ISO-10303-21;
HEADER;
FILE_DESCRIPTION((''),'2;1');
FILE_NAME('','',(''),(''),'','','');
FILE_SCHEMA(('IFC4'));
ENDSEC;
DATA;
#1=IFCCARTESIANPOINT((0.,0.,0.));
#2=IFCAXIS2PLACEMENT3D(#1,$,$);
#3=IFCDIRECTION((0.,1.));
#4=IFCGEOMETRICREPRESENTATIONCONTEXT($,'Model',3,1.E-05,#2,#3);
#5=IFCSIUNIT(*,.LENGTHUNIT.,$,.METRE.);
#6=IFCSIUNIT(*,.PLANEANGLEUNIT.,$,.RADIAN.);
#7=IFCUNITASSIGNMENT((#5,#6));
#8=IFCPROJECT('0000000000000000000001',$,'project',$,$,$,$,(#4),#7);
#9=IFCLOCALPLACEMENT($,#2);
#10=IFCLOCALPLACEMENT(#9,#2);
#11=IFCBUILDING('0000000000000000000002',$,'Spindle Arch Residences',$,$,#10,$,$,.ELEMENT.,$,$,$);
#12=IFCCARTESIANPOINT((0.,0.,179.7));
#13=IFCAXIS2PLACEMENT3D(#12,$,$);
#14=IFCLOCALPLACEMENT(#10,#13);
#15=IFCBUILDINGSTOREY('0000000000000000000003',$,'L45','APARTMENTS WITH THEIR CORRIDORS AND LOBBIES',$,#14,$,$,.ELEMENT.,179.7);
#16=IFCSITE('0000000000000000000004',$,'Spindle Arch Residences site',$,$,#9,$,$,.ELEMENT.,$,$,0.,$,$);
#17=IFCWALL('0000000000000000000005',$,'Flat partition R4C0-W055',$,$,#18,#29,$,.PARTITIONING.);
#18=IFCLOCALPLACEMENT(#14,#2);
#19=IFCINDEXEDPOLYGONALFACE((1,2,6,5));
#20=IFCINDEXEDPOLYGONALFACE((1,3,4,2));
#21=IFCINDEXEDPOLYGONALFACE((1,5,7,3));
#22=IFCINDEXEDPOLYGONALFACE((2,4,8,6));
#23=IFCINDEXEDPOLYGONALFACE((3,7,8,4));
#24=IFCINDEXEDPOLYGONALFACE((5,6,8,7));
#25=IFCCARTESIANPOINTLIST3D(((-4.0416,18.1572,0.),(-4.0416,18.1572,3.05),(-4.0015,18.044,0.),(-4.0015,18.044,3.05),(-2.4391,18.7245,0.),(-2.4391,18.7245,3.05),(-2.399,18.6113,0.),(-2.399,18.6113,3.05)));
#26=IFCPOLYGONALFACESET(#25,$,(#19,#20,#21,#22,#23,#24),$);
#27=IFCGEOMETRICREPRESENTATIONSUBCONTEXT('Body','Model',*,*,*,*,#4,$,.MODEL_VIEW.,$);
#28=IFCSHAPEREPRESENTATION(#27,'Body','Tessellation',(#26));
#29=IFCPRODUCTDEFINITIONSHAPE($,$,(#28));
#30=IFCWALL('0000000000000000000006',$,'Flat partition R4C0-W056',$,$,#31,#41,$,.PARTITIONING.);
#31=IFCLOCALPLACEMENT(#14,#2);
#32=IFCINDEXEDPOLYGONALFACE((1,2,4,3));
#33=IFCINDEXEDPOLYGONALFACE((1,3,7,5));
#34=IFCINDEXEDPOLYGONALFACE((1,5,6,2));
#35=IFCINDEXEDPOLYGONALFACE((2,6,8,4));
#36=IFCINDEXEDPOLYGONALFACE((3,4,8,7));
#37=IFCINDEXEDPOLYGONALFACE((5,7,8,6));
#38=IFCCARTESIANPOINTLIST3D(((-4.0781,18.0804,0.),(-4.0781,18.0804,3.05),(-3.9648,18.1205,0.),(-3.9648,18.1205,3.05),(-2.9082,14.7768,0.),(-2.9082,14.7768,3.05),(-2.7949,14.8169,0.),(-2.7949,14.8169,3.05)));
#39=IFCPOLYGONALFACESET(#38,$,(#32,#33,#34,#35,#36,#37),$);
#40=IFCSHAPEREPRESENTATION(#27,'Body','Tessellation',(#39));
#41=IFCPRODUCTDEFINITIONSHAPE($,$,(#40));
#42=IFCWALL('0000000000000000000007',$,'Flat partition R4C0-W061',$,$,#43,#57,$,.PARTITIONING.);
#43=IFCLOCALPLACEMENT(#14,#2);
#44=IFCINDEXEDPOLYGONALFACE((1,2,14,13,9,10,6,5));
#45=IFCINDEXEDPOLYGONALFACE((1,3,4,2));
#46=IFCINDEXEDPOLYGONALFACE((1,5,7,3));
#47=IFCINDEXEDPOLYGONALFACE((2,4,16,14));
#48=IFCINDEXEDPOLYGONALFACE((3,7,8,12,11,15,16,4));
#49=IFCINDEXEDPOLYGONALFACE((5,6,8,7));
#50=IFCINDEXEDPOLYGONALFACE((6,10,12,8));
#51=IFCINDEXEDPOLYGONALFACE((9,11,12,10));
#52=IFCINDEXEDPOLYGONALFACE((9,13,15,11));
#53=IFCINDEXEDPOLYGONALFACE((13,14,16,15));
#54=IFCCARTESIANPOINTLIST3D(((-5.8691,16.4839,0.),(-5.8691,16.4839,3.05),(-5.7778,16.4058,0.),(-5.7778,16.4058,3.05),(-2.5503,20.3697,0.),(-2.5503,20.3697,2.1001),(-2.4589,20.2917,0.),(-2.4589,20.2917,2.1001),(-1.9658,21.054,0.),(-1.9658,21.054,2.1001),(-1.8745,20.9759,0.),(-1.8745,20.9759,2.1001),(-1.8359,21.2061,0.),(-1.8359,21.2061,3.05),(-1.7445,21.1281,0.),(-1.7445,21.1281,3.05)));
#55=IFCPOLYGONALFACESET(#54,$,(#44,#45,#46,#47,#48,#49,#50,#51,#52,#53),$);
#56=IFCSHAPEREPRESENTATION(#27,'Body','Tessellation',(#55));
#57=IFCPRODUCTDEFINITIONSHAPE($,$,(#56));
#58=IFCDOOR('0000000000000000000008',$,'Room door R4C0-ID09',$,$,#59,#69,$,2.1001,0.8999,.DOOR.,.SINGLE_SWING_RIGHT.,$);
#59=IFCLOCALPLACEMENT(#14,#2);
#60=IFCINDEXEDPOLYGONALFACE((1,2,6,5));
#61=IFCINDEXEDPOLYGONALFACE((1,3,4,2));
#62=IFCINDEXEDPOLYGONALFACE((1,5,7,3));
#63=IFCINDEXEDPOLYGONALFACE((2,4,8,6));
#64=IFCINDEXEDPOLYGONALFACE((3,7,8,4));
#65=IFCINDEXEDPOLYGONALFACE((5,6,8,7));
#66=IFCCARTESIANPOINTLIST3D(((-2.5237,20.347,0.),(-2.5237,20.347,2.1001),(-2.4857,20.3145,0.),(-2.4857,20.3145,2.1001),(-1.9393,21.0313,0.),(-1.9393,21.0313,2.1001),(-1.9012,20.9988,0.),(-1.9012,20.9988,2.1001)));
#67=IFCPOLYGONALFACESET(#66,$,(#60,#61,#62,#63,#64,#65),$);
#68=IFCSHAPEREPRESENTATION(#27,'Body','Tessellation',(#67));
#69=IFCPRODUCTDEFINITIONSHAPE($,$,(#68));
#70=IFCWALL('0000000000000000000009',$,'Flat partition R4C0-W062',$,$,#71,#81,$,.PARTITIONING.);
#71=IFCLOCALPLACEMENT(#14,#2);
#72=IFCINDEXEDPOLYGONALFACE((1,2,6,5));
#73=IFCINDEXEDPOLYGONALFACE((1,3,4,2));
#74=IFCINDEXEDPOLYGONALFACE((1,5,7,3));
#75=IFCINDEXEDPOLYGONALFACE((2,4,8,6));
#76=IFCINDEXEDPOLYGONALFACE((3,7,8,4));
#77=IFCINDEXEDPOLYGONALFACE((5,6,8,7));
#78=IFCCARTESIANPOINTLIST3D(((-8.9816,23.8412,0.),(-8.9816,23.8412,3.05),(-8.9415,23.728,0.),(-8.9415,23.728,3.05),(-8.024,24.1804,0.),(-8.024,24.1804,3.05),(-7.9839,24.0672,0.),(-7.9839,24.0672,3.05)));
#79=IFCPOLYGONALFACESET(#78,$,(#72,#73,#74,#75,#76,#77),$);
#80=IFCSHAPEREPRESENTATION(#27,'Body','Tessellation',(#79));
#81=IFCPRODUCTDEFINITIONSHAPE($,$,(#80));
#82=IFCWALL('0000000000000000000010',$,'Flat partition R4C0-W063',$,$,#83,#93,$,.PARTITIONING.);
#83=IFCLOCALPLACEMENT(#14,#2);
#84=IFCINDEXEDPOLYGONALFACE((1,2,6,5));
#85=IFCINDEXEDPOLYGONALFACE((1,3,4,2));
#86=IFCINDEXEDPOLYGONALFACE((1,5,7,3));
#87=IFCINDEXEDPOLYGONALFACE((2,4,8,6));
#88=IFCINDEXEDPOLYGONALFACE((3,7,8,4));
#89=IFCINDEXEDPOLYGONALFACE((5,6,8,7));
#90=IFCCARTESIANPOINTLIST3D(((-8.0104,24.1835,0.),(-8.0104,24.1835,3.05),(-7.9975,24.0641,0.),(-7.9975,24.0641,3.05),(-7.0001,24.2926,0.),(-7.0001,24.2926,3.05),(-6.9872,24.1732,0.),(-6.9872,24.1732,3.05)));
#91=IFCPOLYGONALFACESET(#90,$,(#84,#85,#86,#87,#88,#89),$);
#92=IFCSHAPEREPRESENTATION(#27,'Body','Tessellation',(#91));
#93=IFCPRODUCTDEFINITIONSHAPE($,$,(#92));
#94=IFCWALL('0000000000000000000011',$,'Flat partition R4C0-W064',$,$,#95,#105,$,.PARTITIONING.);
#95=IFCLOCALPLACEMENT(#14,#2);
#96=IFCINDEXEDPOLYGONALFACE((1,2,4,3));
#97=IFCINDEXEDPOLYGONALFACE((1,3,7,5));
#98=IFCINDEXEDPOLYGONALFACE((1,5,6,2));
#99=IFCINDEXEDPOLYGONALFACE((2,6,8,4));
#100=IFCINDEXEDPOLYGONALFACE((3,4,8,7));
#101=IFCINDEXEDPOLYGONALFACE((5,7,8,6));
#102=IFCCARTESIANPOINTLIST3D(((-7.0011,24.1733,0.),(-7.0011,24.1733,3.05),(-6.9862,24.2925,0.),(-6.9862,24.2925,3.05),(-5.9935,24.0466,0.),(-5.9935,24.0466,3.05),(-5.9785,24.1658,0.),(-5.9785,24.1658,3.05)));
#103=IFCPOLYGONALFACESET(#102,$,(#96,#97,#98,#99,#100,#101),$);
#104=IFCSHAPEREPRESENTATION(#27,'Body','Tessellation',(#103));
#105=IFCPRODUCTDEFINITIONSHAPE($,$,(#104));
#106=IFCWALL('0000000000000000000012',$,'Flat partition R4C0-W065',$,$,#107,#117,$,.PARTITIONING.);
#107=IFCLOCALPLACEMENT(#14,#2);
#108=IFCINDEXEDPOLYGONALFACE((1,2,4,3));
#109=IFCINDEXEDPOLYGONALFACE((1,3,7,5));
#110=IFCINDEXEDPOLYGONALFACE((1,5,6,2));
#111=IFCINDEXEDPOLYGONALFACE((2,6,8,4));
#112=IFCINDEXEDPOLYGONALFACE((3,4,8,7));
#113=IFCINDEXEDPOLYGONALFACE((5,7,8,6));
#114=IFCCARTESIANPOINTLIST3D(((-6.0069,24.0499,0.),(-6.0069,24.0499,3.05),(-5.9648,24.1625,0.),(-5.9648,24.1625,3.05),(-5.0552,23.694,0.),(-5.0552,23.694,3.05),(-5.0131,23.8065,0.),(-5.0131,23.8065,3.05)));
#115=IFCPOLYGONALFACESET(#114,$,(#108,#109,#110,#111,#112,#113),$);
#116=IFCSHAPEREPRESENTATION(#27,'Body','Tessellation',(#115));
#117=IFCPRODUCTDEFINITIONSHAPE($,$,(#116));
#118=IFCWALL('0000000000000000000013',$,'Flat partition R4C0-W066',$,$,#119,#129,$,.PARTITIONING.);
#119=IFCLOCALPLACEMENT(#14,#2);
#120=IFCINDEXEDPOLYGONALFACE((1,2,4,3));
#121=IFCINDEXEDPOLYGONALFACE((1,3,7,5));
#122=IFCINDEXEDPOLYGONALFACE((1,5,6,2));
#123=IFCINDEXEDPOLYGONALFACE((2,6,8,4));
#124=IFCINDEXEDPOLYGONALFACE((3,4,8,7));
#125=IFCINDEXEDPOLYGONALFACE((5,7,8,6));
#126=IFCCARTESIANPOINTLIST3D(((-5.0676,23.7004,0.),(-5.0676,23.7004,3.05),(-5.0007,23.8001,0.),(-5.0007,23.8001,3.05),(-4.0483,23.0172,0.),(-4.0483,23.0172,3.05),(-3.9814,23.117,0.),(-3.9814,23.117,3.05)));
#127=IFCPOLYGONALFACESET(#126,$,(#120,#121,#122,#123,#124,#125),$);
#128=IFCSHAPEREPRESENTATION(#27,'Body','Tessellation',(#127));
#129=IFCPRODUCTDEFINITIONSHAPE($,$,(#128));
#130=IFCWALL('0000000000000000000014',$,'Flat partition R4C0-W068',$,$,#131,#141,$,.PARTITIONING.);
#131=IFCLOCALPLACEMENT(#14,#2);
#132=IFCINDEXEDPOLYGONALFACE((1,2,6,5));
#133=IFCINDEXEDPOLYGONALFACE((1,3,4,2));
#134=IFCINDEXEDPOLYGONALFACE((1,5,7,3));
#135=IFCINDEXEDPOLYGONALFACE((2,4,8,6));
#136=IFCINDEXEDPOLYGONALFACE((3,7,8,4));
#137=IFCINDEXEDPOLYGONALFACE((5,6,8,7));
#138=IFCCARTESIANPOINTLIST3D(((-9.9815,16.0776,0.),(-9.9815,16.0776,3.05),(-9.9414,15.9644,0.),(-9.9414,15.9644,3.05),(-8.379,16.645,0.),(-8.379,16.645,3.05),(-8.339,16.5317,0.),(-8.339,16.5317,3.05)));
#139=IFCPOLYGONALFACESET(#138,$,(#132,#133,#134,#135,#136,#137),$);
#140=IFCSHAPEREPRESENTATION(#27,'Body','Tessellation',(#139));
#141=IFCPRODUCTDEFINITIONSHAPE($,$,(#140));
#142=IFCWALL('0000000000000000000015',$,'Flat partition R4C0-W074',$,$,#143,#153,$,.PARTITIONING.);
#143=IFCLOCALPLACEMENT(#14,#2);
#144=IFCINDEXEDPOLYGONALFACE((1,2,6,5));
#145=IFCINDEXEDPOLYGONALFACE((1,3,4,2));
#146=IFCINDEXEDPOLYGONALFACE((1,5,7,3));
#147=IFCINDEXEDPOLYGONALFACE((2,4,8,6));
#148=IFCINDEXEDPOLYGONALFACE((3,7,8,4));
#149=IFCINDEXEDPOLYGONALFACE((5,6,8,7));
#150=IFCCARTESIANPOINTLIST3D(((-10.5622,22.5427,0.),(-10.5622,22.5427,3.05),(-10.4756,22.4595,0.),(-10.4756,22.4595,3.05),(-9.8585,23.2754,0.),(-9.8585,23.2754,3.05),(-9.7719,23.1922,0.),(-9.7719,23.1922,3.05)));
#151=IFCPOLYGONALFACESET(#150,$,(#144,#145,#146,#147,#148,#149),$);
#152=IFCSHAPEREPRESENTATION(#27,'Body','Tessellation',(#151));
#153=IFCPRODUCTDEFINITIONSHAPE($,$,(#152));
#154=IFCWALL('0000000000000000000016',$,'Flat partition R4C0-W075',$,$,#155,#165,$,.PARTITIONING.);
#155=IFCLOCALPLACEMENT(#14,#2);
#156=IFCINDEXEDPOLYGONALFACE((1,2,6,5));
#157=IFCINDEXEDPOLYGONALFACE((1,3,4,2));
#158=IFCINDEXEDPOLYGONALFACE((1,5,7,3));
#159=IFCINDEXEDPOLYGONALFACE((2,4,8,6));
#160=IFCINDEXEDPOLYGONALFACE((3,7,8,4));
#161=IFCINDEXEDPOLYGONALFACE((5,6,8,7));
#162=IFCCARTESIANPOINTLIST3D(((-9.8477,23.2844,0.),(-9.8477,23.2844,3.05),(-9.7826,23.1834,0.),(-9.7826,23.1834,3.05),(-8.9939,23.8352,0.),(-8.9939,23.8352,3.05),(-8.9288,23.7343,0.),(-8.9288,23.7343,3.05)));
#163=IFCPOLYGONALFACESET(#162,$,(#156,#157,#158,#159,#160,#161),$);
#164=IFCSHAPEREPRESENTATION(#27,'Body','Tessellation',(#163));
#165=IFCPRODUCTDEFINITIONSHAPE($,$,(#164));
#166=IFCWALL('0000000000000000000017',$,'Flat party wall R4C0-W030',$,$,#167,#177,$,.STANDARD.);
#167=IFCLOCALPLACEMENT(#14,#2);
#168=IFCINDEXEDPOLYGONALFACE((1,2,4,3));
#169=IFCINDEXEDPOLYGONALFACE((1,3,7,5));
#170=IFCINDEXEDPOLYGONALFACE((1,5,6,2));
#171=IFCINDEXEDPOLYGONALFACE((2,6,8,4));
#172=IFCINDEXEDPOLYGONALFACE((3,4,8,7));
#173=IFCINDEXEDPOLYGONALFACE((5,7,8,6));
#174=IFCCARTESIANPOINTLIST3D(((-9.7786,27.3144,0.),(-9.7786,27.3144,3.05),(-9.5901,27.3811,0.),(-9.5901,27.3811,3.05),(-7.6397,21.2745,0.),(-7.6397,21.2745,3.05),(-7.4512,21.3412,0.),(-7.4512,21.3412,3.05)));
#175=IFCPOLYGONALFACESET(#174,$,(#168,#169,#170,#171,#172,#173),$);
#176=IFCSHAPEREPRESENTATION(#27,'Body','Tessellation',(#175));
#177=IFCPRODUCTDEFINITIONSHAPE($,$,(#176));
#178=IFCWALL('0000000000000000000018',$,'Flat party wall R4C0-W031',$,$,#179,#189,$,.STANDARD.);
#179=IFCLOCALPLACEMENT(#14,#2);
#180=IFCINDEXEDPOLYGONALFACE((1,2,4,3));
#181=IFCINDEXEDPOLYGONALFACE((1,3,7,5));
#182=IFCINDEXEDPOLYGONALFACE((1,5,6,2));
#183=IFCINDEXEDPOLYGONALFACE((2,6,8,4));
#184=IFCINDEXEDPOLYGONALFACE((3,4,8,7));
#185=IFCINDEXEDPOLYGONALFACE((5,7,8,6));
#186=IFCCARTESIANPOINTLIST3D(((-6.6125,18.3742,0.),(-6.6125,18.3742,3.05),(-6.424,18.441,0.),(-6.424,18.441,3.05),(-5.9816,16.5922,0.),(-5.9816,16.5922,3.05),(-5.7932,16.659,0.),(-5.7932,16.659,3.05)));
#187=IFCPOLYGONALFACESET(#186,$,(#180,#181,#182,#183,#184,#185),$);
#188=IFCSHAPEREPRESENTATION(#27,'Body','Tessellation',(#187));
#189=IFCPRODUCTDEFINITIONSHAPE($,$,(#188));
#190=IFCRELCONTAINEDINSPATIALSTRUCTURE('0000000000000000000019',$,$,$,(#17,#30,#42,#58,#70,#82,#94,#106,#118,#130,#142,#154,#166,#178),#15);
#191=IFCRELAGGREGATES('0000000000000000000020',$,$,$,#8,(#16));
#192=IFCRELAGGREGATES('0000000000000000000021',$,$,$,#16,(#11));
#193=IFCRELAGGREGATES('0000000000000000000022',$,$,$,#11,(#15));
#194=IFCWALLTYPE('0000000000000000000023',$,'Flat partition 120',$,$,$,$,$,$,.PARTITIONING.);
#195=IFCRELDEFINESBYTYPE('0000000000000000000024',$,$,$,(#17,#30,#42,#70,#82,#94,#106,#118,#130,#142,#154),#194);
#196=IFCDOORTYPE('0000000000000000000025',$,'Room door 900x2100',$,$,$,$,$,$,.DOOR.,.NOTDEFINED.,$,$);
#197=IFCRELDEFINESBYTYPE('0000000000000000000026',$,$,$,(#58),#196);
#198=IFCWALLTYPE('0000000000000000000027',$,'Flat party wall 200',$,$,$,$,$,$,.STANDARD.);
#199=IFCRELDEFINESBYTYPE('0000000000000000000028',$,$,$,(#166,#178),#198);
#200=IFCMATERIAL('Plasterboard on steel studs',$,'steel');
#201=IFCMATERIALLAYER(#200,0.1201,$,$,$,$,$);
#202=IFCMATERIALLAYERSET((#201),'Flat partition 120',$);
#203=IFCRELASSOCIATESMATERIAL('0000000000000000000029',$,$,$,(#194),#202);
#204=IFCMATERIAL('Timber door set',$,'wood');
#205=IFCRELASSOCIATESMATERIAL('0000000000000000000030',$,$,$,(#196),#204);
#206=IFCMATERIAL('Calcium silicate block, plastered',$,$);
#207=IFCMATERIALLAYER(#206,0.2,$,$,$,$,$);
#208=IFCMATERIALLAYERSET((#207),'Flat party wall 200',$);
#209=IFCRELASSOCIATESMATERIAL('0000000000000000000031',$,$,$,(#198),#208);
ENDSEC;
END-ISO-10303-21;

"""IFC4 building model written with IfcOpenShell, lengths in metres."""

from ifc_helpers import new_model, si_unit, direction, frame, frame_2d, origin, place, context, subcontext, project, spatial, rectangle, extrude, material, layer, layer_set, type_object, element, fill, save


model = new_model("IFC4")

# Units and contexts
model_context = context("Model", 3, precision=1e-05, world=origin(), true_north=direction((0.0, 1.0)))
body_context = subcontext(model_context, "Body", "Model", "MODEL_VIEW")
ifc_project = project(units=[si_unit("LENGTHUNIT", "METRE"), si_unit("PLANEANGLEUNIT", "RADIAN")], contexts=[model_context])

# Site, building, storey
site_placement = place(None, origin())
site = spatial("IfcSite", under=ifc_project, at=site_placement, Name="Spindle Arch Residences site", CompositionType="ELEMENT", RefElevation=0.0)
building_placement = place(site_placement, origin())
building = spatial("IfcBuilding", under=site, at=building_placement, Name="Spindle Arch Residences", CompositionType="ELEMENT")
storey_placement = place(building_placement, frame((0.0, 0.0, 179.7)))
storey = spatial("IfcBuildingStorey", under=building, at=storey_placement, Name="L45", Description="APARTMENTS WITH THEIR CORRIDORS AND LOBBIES", CompositionType="ELEMENT", Elevation=179.7)

# Walls
ifc_material_1 = material(Name="Plasterboard on steel studs", Category="steel")
ifc_layer_1 = layer(ifc_material_1, 0.1201)
ifc_layer_set_1 = layer_set([ifc_layer_1], Name="Flat partition 120")
wall_type_1 = type_object("IfcWallType", Name="Flat partition 120", PredefinedType="PARTITIONING", material=ifc_layer_set_1)
wall_1_placement = place(storey_placement, frame((-2.4189, 18.668, 0.0), z_axis=(0.0, 0.0, 1.0), x_axis=(-0.942661, -0.333751, 0.0)))
element("IfcWall", 1, at=wall_1_placement, inside=storey, type_object=wall_type_1, Name="Flat partition R4C0-W055", PredefinedType="PARTITIONING", context=body_context, shape_type="SweptSolid", body=[
    extrude(rectangle(XDim=1.7, YDim=0.1201, at=frame_2d((0.8501, 0.0))), origin(), (0.0, 0.0, 1.0), 3.05),
])
wall_2_placement = place(storey_placement, frame((-4.0215, 18.1006, 0.0), z_axis=(0.0, 0.0, 1.0), x_axis=(0.333811, -0.94264, 0.0)))
element("IfcWall", 2, at=wall_2_placement, inside=storey, type_object=wall_type_1, Name="Flat partition R4C0-W056", PredefinedType="PARTITIONING", context=body_context, shape_type="SweptSolid", body=[
    extrude(rectangle(XDim=3.5046, YDim=0.1201, at=frame_2d((1.7524, 0.0))), origin(), (0.0, 0.0, 1.0), 3.05),
])

# Wall, opening, door
wall_3_placement = place(storey_placement, frame((-1.7903, 21.167, 0.0), z_axis=(0.0, 0.0, 1.0), x_axis=(-0.649456, -0.760399, 0.0)))
wall_3 = element("IfcWall", 3, at=wall_3_placement, inside=storey, type_object=wall_type_1, Name="Flat partition R4C0-W061", PredefinedType="PARTITIONING", context=body_context, shape_type="SweptSolid", body=[
    extrude(rectangle(XDim=6.2102, YDim=0.1201, at=frame_2d((3.105, 0.0))), origin(), (0.0, 0.0, 1.0), 3.05),
])
opening_placement = place(wall_3_placement, frame((0.2, 0.0, 0.0)))
opening = element("IfcOpeningElement", 4, at=opening_placement, cuts=wall_3, PredefinedType="OPENING", context=body_context, shape_type="SweptSolid", body=[
    extrude(rectangle(XDim=0.8999, YDim=2.1001, at=frame_2d((0.45, 1.05))), frame((0.0, 0.0701, 0.0), z_axis=(0.0, -1.0, 0.0), x_axis=(1.0, 0.0, 0.0)), (0.0, 0.0, 1.0), 0.1401),
])
ifc_material_2 = material(Name="Timber door set", Category="wood")
door_type = type_object("IfcDoorType", Name="Room door 900x2100", OperationType="NOTDEFINED", PredefinedType="DOOR", material=ifc_material_2)
door_placement = place(opening_placement, origin())
door = element("IfcDoor", 5, at=door_placement, inside=storey, type_object=door_type, Name="Room door R4C0-ID09", OperationType="SINGLE_SWING_RIGHT", OverallHeight=2.1001, OverallWidth=0.8999, PredefinedType="DOOR", context=body_context, shape_type="SweptSolid", body=[
    extrude(rectangle(XDim=0.8999, YDim=2.1001, at=frame_2d((0.45, 1.05))), frame((0.0, 0.0249, 0.0), z_axis=(0.0, -1.0, 0.0), x_axis=(1.0, 0.0, 0.0)), (0.0, 0.0, 1.0), 0.05),
])
fill(opening, door)

# Walls
wall_4_placement = place(storey_placement, frame((-8.9614, 23.7847, 0.0), z_axis=(0.0, 0.0, 1.0), x_axis=(0.94263, 0.333838, 0.0)))
element("IfcWall", 6, at=wall_4_placement, inside=storey, type_object=wall_type_1, Name="Flat partition R4C0-W062", PredefinedType="PARTITIONING", context=body_context, shape_type="SweptSolid", body=[
    extrude(rectangle(XDim=1.0159, YDim=0.1201, at=frame_2d((0.5078, 0.0))), origin(), (0.0, 0.0, 1.0), 3.05),
])
wall_5_placement = place(storey_placement, frame((-8.0039, 24.1238, 0.0), z_axis=(0.0, 0.0, 1.0), x_axis=(0.994216, 0.107398, 0.0)))
element("IfcWall", 7, at=wall_5_placement, inside=storey, type_object=wall_type_1, Name="Flat partition R4C0-W063", PredefinedType="PARTITIONING", context=body_context, shape_type="SweptSolid", body=[
    extrude(rectangle(XDim=1.0161, YDim=0.1201, at=frame_2d((0.5081, 0.0))), origin(), (0.0, 0.0, 1.0), 3.05),
])
wall_6_placement = place(storey_placement, frame((-6.9937, 24.2329, 0.0), z_axis=(0.0, 0.0, 1.0), x_axis=(0.992189, -0.124745, 0.0)))
element("IfcWall", 8, at=wall_6_placement, inside=storey, type_object=wall_type_1, Name="Flat partition R4C0-W064", PredefinedType="PARTITIONING", context=body_context, shape_type="SweptSolid", body=[
    extrude(rectangle(XDim=1.0156, YDim=0.1201, at=frame_2d((0.5078, 0.0))), origin(), (0.0, 0.0, 1.0), 3.05),
])
wall_7_placement = place(storey_placement, frame((-5.9858, 24.1062, 0.0), z_axis=(0.0, 0.0, 1.0), x_axis=(0.936625, -0.350333, 0.0)))
element("IfcWall", 9, at=wall_7_placement, inside=storey, type_object=wall_type_1, Name="Flat partition R4C0-W065", PredefinedType="PARTITIONING", context=body_context, shape_type="SweptSolid", body=[
    extrude(rectangle(XDim=1.0161, YDim=0.1201, at=frame_2d((0.5081, 0.0))), origin(), (0.0, 0.0, 1.0), 3.05),
])
wall_8_placement = place(storey_placement, frame((-5.0342, 23.7502, 0.0), z_axis=(0.0, 0.0, 1.0), x_axis=(0.830701, -0.556719, 0.0)))
element("IfcWall", 10, at=wall_8_placement, inside=storey, type_object=wall_type_1, Name="Flat partition R4C0-W066", PredefinedType="PARTITIONING", context=body_context, shape_type="SweptSolid", body=[
    extrude(rectangle(XDim=1.2271, YDim=0.1201, at=frame_2d((0.6135, 0.0))), origin(), (0.0, 0.0, 1.0), 3.05),
])
wall_9_placement = place(storey_placement, frame((-8.3589, 16.5884, 0.0), z_axis=(0.0, 0.0, 1.0), x_axis=(-0.942661, -0.333751, 0.0)))
element("IfcWall", 11, at=wall_9_placement, inside=storey, type_object=wall_type_1, Name="Flat partition R4C0-W068", PredefinedType="PARTITIONING", context=body_context, shape_type="SweptSolid", body=[
    extrude(rectangle(XDim=1.7, YDim=0.1201, at=frame_2d((0.8501, 0.0))), origin(), (0.0, 0.0, 1.0), 3.05),
])
wall_10_placement = place(storey_placement, frame((-10.5188, 22.5012, 0.0), z_axis=(0.0, 0.0, 1.0), x_axis=(0.692662, 0.721262, 0.0)))
element("IfcWall", 12, at=wall_10_placement, inside=storey, type_object=wall_type_1, Name="Flat partition R4C0-W074", PredefinedType="PARTITIONING", context=body_context, shape_type="SweptSolid", body=[
    extrude(rectangle(XDim=1.0159, YDim=0.1201, at=frame_2d((0.5078, 0.0))), origin(), (0.0, 0.0, 1.0), 3.05),
])
wall_11_placement = place(storey_placement, frame((-9.8152, 23.2339, 0.0), z_axis=(0.0, 0.0, 1.0), x_axis=(0.840311, 0.542105, 0.0)))
element("IfcWall", 13, at=wall_11_placement, inside=storey, type_object=wall_type_1, Name="Flat partition R4C0-W075", PredefinedType="PARTITIONING", context=body_context, shape_type="SweptSolid", body=[
    extrude(rectangle(XDim=1.0161, YDim=0.1201, at=frame_2d((0.5081, 0.0))), origin(), (0.0, 0.0, 1.0), 3.05),
])
ifc_material_3 = material(Name="Calcium silicate block, plastered")
ifc_layer_2 = layer(ifc_material_3, 0.2)
ifc_layer_set_2 = layer_set([ifc_layer_2], Name="Flat party wall 200")
wall_type_2 = type_object("IfcWallType", Name="Flat party wall 200", PredefinedType="STANDARD", material=ifc_layer_set_2)
wall_12_placement = place(storey_placement, frame((-9.6843, 27.3477, 0.0), z_axis=(0.0, 0.0, 1.0), x_axis=(0.33381, -0.94264, 0.0)))
element("IfcWall", 14, at=wall_12_placement, inside=storey, type_object=wall_type_2, Name="Flat party wall R4C0-W030", PredefinedType="STANDARD", context=body_context, shape_type="SweptSolid", body=[
    extrude(rectangle(XDim=6.4075, YDim=0.2, at=frame_2d((3.2036, 0.0))), origin(), (0.0, 0.0, 1.0), 3.05),
])
wall_13_placement = place(storey_placement, frame((-6.5183, 18.4077, 0.0), z_axis=(0.0, 0.0, 1.0), x_axis=(0.333725, -0.94267, 0.0)))
element("IfcWall", 15, at=wall_13_placement, inside=storey, type_object=wall_type_2, Name="Flat party wall R4C0-W031", PredefinedType="STANDARD", context=body_context, shape_type="SweptSolid", body=[
    extrude(rectangle(XDim=1.8904, YDim=0.2, at=frame_2d((0.9453, 0.0))), origin(), (0.0, 0.0, 1.0), 3.05),
])

save(model, "model.ifc")
